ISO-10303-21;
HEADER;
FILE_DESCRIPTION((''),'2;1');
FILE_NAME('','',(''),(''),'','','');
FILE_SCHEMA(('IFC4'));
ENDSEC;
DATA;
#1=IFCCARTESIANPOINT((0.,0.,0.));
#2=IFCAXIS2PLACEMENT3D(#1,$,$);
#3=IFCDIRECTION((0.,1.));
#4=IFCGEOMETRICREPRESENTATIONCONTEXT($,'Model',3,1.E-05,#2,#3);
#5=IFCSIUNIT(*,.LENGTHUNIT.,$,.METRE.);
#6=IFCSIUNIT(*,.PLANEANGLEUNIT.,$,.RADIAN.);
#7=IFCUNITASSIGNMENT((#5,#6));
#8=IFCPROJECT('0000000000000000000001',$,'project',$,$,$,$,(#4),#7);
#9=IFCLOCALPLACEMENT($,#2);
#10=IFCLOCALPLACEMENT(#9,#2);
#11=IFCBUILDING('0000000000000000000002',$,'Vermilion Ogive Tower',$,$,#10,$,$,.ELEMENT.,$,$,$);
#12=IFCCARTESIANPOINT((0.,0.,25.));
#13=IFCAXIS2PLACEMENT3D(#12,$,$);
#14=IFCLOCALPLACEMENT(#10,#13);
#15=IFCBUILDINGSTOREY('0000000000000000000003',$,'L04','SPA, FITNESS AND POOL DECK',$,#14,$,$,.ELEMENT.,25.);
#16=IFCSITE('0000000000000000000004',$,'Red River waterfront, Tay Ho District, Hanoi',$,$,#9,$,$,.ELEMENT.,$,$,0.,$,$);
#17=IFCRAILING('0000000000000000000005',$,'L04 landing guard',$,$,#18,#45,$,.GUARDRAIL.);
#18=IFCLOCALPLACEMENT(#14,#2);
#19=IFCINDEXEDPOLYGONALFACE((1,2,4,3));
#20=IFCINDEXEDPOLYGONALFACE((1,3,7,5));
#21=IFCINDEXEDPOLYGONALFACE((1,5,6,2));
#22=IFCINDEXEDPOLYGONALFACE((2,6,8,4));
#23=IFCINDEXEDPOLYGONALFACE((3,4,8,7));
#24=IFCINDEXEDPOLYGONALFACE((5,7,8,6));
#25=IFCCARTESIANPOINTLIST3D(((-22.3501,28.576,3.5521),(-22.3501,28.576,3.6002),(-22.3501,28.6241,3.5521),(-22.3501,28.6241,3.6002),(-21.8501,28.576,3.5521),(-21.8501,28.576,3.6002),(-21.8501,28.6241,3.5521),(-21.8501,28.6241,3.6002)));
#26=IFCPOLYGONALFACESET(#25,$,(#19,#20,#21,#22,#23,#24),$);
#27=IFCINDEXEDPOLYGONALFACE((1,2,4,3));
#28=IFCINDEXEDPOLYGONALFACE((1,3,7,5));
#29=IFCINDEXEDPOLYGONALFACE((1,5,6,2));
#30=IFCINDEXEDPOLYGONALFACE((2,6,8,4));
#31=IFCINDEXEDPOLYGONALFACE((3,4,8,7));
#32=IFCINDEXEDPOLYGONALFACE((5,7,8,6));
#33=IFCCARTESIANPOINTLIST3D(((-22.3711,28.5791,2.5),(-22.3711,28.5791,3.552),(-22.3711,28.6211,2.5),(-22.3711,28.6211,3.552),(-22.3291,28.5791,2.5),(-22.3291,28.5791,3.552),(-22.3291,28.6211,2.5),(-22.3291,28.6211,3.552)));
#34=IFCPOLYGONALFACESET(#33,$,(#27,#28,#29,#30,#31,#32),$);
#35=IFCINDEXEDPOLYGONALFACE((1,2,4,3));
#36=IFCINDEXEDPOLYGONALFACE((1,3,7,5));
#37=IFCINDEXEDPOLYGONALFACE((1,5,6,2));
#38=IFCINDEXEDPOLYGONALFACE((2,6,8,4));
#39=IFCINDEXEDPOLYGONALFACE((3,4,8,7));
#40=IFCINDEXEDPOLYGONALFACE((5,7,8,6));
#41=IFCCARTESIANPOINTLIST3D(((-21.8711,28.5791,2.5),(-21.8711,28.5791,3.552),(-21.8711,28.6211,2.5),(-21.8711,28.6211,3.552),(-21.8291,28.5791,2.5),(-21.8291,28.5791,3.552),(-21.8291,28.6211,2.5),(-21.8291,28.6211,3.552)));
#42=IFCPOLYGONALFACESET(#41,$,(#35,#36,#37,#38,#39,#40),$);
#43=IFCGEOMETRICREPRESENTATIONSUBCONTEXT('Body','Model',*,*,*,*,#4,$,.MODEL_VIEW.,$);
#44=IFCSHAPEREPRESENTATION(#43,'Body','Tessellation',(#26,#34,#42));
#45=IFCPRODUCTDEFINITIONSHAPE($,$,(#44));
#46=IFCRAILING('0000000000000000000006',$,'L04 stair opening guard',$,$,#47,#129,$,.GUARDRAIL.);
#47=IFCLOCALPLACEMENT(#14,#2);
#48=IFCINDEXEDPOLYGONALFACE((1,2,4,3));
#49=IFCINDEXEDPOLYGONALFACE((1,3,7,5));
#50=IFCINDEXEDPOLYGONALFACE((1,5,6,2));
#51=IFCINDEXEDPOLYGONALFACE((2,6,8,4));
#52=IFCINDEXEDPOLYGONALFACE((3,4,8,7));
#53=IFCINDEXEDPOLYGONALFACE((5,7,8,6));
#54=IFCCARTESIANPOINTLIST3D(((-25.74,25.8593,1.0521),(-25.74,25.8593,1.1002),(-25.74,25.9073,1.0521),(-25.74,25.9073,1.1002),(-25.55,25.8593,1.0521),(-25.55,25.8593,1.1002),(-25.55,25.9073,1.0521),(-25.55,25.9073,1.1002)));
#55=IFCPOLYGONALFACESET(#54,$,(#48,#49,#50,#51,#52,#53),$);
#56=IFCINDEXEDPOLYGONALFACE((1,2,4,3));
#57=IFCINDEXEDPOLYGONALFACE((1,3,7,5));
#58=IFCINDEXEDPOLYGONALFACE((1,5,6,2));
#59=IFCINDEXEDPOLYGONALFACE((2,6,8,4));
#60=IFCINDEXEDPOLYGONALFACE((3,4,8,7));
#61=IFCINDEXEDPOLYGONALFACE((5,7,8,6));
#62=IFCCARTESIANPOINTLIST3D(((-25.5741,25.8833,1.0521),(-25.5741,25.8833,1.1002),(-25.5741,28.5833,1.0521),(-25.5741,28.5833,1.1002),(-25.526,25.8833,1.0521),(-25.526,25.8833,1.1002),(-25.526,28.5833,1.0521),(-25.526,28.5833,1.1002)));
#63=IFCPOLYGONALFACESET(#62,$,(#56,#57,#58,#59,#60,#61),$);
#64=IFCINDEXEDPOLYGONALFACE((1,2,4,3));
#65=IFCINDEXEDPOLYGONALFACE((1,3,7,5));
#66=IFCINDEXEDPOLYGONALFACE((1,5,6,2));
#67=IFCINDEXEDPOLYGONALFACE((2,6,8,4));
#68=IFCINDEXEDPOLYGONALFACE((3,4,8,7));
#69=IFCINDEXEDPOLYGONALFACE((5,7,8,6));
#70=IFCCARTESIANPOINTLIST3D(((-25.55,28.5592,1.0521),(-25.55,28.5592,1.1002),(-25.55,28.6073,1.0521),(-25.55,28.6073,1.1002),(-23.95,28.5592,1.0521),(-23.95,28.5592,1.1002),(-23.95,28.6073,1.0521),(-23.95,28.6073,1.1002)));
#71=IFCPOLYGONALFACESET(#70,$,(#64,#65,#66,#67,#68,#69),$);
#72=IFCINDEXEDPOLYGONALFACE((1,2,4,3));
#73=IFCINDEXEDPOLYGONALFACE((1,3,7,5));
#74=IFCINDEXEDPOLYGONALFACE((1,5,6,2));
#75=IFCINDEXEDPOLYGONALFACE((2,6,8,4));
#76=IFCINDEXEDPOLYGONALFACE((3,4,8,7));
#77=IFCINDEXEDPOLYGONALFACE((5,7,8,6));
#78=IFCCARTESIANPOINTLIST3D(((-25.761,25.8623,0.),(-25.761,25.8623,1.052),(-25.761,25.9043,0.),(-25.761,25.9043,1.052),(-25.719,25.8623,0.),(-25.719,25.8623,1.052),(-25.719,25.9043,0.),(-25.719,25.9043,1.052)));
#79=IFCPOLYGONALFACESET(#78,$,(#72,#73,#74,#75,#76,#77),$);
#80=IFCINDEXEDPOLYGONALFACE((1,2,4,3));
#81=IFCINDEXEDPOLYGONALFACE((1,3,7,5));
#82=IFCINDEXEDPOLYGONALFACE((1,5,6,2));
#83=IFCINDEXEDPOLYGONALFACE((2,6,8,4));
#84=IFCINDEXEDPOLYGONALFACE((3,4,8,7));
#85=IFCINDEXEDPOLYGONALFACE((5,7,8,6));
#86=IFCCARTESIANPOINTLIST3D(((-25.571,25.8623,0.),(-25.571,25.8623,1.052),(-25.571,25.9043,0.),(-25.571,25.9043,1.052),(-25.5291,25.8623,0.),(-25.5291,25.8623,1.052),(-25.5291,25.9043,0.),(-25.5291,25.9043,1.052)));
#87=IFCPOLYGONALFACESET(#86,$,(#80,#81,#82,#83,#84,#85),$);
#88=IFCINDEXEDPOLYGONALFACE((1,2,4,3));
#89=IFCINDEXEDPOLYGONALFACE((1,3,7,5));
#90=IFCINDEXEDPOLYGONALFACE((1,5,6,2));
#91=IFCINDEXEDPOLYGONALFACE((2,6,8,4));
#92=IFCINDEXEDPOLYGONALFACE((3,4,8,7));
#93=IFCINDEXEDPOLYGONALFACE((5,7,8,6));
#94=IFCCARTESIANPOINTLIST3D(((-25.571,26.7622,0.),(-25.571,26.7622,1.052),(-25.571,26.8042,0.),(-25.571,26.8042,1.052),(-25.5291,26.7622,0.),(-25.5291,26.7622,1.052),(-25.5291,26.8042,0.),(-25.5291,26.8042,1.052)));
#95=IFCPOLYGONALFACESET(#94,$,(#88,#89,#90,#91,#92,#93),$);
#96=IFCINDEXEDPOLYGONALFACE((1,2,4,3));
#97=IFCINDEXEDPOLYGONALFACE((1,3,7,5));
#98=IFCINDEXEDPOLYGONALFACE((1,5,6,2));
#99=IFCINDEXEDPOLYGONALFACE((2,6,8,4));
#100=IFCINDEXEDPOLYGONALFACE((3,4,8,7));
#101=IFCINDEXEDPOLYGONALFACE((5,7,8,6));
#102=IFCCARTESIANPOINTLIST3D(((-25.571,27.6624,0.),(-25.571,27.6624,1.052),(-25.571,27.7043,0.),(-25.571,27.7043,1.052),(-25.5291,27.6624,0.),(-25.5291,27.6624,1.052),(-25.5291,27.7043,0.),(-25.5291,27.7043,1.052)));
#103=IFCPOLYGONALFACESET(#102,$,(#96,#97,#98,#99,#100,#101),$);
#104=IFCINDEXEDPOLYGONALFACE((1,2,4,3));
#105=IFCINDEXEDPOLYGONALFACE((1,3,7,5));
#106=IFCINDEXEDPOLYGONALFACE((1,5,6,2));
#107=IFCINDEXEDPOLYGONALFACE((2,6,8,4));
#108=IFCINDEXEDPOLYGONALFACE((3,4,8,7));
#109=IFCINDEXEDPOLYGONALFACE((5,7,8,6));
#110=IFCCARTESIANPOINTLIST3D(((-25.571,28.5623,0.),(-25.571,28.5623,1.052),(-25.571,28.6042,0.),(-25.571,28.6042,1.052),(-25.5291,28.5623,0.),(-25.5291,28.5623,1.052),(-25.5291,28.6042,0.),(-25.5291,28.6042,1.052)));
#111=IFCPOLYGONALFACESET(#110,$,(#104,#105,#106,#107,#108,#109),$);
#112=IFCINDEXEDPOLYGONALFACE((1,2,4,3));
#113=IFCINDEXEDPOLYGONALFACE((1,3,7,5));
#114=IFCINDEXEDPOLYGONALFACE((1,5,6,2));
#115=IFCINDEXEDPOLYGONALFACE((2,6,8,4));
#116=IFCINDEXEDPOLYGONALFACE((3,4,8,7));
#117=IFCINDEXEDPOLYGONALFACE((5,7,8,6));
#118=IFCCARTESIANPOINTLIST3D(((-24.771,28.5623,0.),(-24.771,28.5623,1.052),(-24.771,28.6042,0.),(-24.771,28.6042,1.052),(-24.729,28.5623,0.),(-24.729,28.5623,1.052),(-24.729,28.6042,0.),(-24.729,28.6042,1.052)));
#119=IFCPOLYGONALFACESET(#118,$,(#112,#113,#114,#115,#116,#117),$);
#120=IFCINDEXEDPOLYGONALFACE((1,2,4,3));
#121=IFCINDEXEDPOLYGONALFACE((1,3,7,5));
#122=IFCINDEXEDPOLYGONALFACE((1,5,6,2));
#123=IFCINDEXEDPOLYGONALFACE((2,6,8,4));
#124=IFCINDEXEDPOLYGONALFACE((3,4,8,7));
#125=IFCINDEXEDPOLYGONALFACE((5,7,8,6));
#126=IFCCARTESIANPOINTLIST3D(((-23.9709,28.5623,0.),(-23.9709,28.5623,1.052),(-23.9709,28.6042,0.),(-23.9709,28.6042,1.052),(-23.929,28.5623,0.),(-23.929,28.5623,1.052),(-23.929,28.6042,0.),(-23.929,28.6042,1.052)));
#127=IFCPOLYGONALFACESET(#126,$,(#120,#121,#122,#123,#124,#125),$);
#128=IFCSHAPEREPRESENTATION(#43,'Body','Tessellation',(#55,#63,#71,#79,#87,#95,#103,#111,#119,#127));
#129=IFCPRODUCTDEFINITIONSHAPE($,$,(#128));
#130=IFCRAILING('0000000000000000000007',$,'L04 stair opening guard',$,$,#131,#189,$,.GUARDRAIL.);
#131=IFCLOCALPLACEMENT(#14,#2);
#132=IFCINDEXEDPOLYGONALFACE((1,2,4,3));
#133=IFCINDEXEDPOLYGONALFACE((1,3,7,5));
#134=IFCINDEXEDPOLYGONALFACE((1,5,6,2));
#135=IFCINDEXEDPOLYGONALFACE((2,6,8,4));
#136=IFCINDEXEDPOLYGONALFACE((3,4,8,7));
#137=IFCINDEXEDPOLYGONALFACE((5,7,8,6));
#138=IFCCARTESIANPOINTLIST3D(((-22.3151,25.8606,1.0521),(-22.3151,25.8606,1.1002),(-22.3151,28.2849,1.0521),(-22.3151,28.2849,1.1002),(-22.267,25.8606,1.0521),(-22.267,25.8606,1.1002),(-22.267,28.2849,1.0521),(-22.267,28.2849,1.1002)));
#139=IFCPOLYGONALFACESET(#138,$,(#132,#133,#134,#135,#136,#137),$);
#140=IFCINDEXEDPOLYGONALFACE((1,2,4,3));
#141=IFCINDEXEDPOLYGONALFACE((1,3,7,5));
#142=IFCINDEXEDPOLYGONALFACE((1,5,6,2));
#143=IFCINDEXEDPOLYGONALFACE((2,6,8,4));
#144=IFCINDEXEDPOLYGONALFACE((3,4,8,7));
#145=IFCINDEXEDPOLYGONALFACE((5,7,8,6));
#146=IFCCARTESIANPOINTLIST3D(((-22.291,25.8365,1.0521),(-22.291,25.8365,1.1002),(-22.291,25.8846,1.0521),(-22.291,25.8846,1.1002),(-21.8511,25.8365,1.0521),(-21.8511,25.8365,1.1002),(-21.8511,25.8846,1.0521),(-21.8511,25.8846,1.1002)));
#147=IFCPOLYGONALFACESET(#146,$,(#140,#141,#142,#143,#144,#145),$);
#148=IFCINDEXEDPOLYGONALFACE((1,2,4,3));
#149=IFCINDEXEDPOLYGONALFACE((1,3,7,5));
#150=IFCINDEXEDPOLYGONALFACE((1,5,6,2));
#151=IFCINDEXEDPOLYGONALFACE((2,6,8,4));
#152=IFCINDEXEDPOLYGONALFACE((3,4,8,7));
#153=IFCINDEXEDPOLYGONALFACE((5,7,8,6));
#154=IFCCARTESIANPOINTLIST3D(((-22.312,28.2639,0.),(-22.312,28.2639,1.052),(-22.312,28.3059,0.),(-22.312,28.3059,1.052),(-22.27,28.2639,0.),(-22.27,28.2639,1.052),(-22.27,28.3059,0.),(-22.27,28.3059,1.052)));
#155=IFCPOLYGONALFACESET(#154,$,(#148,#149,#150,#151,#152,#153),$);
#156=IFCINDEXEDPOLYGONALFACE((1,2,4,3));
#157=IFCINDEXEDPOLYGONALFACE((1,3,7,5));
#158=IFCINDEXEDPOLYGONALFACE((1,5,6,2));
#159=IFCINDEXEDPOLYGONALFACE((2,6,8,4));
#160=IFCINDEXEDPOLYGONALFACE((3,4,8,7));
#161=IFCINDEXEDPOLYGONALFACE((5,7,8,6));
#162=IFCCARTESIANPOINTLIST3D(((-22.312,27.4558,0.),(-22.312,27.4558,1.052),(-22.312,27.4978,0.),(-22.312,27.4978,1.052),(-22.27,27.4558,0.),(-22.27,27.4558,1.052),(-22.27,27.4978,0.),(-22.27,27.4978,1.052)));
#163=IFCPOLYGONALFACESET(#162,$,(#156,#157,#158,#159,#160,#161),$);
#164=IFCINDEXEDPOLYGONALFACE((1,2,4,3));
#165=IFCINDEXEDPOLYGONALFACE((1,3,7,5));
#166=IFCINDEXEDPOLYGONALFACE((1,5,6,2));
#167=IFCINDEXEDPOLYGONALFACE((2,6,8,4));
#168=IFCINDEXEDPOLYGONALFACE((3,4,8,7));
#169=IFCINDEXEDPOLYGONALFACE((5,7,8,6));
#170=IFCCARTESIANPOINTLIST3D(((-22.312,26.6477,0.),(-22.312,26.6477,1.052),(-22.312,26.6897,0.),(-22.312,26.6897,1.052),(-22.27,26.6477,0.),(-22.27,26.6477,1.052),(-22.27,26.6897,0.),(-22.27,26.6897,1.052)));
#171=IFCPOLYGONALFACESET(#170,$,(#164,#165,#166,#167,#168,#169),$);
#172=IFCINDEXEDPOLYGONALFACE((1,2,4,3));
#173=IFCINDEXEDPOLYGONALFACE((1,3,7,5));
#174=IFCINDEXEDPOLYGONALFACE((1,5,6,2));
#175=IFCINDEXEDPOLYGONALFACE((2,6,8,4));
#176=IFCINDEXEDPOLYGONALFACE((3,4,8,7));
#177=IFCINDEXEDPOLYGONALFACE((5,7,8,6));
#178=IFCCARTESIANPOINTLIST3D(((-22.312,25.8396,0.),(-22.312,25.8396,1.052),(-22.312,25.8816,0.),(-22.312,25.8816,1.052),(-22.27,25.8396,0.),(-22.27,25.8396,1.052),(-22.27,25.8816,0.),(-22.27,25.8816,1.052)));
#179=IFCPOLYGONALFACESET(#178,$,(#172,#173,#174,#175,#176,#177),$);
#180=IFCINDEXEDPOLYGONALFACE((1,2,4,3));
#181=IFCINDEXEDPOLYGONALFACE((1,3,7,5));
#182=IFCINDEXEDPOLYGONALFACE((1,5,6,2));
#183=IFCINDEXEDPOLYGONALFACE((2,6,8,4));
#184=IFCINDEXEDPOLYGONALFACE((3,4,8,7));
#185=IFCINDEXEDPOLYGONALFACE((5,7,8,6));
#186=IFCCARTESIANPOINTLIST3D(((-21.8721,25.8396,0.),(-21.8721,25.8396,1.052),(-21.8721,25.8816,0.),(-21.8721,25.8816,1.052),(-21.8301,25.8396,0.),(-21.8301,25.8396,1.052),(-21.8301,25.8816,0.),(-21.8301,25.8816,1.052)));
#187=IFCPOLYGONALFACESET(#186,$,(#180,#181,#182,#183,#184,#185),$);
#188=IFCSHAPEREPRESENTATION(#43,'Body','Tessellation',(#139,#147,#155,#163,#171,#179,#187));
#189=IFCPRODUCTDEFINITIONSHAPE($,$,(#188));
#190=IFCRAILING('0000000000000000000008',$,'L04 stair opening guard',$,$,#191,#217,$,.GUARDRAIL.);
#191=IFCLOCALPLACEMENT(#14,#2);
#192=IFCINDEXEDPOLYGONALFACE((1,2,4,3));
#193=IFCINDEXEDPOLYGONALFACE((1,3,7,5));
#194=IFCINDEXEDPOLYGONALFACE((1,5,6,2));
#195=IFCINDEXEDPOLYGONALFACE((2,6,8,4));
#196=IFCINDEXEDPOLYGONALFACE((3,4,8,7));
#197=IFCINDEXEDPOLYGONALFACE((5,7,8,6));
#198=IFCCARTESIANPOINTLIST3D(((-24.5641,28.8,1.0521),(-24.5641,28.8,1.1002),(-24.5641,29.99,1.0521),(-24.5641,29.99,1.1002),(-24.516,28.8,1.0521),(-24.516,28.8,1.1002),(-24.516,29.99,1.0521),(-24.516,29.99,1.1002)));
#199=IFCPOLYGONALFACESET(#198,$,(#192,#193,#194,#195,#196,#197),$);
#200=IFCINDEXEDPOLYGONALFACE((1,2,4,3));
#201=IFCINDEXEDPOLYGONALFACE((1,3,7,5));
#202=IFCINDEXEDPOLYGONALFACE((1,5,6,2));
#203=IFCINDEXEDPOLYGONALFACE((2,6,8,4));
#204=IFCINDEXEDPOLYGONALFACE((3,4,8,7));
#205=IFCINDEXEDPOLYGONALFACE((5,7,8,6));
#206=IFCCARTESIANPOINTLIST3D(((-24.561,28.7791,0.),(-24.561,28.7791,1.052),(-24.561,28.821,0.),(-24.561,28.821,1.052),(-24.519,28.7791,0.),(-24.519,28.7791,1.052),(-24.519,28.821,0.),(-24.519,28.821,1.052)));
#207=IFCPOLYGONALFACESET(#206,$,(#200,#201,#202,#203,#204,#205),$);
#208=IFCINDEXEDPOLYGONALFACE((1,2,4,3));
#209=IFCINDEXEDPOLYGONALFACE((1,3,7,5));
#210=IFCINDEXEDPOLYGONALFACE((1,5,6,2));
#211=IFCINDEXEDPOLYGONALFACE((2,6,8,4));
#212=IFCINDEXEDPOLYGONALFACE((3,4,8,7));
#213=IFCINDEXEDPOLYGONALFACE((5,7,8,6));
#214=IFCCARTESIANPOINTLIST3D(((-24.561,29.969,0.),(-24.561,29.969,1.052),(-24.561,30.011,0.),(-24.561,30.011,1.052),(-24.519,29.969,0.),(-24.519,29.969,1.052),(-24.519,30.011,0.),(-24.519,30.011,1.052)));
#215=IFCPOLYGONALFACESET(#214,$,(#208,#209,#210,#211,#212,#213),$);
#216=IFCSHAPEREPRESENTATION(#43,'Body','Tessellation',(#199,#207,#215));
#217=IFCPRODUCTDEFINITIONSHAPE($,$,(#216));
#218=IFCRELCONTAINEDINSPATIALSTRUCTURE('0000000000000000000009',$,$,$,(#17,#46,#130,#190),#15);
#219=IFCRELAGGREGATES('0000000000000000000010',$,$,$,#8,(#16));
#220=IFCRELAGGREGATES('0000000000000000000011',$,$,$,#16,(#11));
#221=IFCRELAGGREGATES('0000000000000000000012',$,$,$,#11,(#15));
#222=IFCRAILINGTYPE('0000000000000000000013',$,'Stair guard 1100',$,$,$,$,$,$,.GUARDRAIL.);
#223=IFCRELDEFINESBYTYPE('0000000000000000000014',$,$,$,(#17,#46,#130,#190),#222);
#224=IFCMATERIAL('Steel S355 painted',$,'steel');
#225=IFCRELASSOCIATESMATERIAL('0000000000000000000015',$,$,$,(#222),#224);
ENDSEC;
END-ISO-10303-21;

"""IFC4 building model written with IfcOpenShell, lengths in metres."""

from ifc_helpers import new_model, si_unit, direction, frame, origin, origin_2d, place, context, subcontext, project, spatial, rectangle, extrude, material, type_object, element, save


model = new_model("IFC4")

# Units and contexts
model_context = context("Model", 3, precision=1e-05, world=origin(), true_north=direction((0.0, 1.0)))
body_context = subcontext(model_context, "Body", "Model", "MODEL_VIEW")
ifc_project = project(units=[si_unit("LENGTHUNIT", "METRE"), si_unit("PLANEANGLEUNIT", "RADIAN")], contexts=[model_context])

# Site, building, storey
site_placement = place(None, origin())
site = spatial("IfcSite", under=ifc_project, at=site_placement, Name="Red River waterfront, Tay Ho District, Hanoi", CompositionType="ELEMENT", RefElevation=0.0)
building_placement = place(site_placement, origin())
building = spatial("IfcBuilding", under=site, at=building_placement, Name="Vermilion Ogive Tower", CompositionType="ELEMENT")
storey_placement = place(building_placement, frame((0.0, 0.0, 25.0)))
storey = spatial("IfcBuildingStorey", under=building, at=storey_placement, Name="L04", Description="SPA, FITNESS AND POOL DECK", CompositionType="ELEMENT", Elevation=25.0)

# Railings
ifc_material_1 = material(Name="Steel S355 painted", Category="steel")
railing_type_1 = type_object("IfcRailingType", Name="Stair guard 1100", PredefinedType="GUARDRAIL", material=ifc_material_1)
railing_1_placement = place(storey_placement, frame((-22.3501, 28.6001, 2.5)))
element("IfcRailing", 1, at=railing_1_placement, inside=storey, type_object=railing_type_1, Name="L04 landing guard", PredefinedType="GUARDRAIL", context=body_context, shape_type="SweptSolid", body=[
    extrude(rectangle(XDim=0.0481, YDim=0.0481, at=origin_2d()), frame((0.0, 0.0, 1.0762), z_axis=(1.0, 0.0, 0.0), x_axis=(0.0, 1.0, 0.0)), (0.0, 0.0, 1.0), 0.5),
    extrude(rectangle(XDim=0.042, YDim=0.042, at=origin_2d()), origin(), (0.0, 0.0, 1.0), 1.052),
    extrude(rectangle(XDim=0.042, YDim=0.042, at=origin_2d()), frame((0.5, 0.0, 0.0)), (0.0, 0.0, 1.0), 1.052),
])
railing_2_placement = place(storey_placement, frame((-25.74, 25.8833, 0.0)))
element("IfcRailing", 2, at=railing_2_placement, inside=storey, type_object=railing_type_1, Name="L04 stair opening guard", PredefinedType="GUARDRAIL", context=body_context, shape_type="SweptSolid", body=[
    extrude(rectangle(XDim=0.0481, YDim=0.0481, at=origin_2d()), frame((0.0, 0.0, 1.0762), z_axis=(1.0, 0.0, 0.0), x_axis=(0.0, 1.0, 0.0)), (0.0, 0.0, 1.0), 0.1899),
    extrude(rectangle(XDim=0.0481, YDim=0.0481, at=origin_2d()), frame((0.1899, 0.0, 1.0762), z_axis=(0.0, 1.0, 0.0), x_axis=(-1.0, 0.0, 0.0)), (0.0, 0.0, 1.0), 2.7),
    extrude(rectangle(XDim=0.0481, YDim=0.0481, at=origin_2d()), frame((0.1899, 2.7, 1.0762), z_axis=(1.0, 0.0, 0.0), x_axis=(0.0, 1.0, 0.0)), (0.0, 0.0, 1.0), 1.6001),
    extrude(rectangle(XDim=0.042, YDim=0.042, at=origin_2d()), origin(), (0.0, 0.0, 1.0), 1.052),
    extrude(rectangle(XDim=0.042, YDim=0.042, at=origin_2d()), frame((0.1899, 0.0, 0.0)), (0.0, 0.0, 1.0), 1.052),
    extrude(rectangle(XDim=0.042, YDim=0.042, at=origin_2d()), frame((0.1899, 0.8999, 0.0)), (0.0, 0.0, 1.0), 1.052),
    extrude(rectangle(XDim=0.042, YDim=0.042, at=origin_2d()), frame((0.1899, 1.8, 0.0)), (0.0, 0.0, 1.0), 1.052),
    extrude(rectangle(XDim=0.042, YDim=0.042, at=origin_2d()), frame((0.1899, 2.7, 0.0)), (0.0, 0.0, 1.0), 1.052),
    extrude(rectangle(XDim=0.042, YDim=0.042, at=origin_2d()), frame((0.99, 2.7, 0.0)), (0.0, 0.0, 1.0), 1.052),
    extrude(rectangle(XDim=0.042, YDim=0.042, at=origin_2d()), frame((1.79, 2.7, 0.0)), (0.0, 0.0, 1.0), 1.052),
])
railing_3_placement = place(storey_placement, frame((-22.291, 28.2849, 0.0)))
element("IfcRailing", 3, at=railing_3_placement, inside=storey, type_object=railing_type_1, Name="L04 stair opening guard", PredefinedType="GUARDRAIL", context=body_context, shape_type="SweptSolid", body=[
    extrude(rectangle(XDim=0.0481, YDim=0.0481, at=origin_2d()), frame((0.0, 0.0, 1.0762), z_axis=(0.0, -1.0, 0.0), x_axis=(1.0, 0.0, 0.0)), (0.0, 0.0, 1.0), 2.4243),
    extrude(rectangle(XDim=0.0481, YDim=0.0481, at=origin_2d()), frame((0.0, -2.4243, 1.0762), z_axis=(1.0, 0.0, 0.0), x_axis=(0.0, 1.0, 0.0)), (0.0, 0.0, 1.0), 0.4399),
    extrude(rectangle(XDim=0.042, YDim=0.042, at=origin_2d()), origin(), (0.0, 0.0, 1.0), 1.052),
    extrude(rectangle(XDim=0.042, YDim=0.042, at=origin_2d()), frame((0.0, -0.8081, 0.0)), (0.0, 0.0, 1.0), 1.052),
    extrude(rectangle(XDim=0.042, YDim=0.042, at=origin_2d()), frame((0.0, -1.6162, 0.0)), (0.0, 0.0, 1.0), 1.052),
    extrude(rectangle(XDim=0.042, YDim=0.042, at=origin_2d()), frame((0.0, -2.4243, 0.0)), (0.0, 0.0, 1.0), 1.052),
    extrude(rectangle(XDim=0.042, YDim=0.042, at=origin_2d()), frame((0.4399, -2.4243, 0.0)), (0.0, 0.0, 1.0), 1.052),
])
railing_4_placement = place(storey_placement, frame((-24.54, 28.8, 0.0)))
element("IfcRailing", 4, at=railing_4_placement, inside=storey, type_object=railing_type_1, Name="L04 stair opening guard", PredefinedType="GUARDRAIL", context=body_context, shape_type="SweptSolid", body=[
    extrude(rectangle(XDim=0.0481, YDim=0.0481, at=origin_2d()), frame((0.0, 0.0, 1.0762), z_axis=(0.0, 1.0, 0.0), x_axis=(-1.0, 0.0, 0.0)), (0.0, 0.0, 1.0), 1.1899),
    extrude(rectangle(XDim=0.042, YDim=0.042, at=origin_2d()), origin(), (0.0, 0.0, 1.0), 1.052),
    extrude(rectangle(XDim=0.042, YDim=0.042, at=origin_2d()), frame((0.0, 1.1899, 0.0)), (0.0, 0.0, 1.0), 1.052),
])

save(model, "model.ifc")
